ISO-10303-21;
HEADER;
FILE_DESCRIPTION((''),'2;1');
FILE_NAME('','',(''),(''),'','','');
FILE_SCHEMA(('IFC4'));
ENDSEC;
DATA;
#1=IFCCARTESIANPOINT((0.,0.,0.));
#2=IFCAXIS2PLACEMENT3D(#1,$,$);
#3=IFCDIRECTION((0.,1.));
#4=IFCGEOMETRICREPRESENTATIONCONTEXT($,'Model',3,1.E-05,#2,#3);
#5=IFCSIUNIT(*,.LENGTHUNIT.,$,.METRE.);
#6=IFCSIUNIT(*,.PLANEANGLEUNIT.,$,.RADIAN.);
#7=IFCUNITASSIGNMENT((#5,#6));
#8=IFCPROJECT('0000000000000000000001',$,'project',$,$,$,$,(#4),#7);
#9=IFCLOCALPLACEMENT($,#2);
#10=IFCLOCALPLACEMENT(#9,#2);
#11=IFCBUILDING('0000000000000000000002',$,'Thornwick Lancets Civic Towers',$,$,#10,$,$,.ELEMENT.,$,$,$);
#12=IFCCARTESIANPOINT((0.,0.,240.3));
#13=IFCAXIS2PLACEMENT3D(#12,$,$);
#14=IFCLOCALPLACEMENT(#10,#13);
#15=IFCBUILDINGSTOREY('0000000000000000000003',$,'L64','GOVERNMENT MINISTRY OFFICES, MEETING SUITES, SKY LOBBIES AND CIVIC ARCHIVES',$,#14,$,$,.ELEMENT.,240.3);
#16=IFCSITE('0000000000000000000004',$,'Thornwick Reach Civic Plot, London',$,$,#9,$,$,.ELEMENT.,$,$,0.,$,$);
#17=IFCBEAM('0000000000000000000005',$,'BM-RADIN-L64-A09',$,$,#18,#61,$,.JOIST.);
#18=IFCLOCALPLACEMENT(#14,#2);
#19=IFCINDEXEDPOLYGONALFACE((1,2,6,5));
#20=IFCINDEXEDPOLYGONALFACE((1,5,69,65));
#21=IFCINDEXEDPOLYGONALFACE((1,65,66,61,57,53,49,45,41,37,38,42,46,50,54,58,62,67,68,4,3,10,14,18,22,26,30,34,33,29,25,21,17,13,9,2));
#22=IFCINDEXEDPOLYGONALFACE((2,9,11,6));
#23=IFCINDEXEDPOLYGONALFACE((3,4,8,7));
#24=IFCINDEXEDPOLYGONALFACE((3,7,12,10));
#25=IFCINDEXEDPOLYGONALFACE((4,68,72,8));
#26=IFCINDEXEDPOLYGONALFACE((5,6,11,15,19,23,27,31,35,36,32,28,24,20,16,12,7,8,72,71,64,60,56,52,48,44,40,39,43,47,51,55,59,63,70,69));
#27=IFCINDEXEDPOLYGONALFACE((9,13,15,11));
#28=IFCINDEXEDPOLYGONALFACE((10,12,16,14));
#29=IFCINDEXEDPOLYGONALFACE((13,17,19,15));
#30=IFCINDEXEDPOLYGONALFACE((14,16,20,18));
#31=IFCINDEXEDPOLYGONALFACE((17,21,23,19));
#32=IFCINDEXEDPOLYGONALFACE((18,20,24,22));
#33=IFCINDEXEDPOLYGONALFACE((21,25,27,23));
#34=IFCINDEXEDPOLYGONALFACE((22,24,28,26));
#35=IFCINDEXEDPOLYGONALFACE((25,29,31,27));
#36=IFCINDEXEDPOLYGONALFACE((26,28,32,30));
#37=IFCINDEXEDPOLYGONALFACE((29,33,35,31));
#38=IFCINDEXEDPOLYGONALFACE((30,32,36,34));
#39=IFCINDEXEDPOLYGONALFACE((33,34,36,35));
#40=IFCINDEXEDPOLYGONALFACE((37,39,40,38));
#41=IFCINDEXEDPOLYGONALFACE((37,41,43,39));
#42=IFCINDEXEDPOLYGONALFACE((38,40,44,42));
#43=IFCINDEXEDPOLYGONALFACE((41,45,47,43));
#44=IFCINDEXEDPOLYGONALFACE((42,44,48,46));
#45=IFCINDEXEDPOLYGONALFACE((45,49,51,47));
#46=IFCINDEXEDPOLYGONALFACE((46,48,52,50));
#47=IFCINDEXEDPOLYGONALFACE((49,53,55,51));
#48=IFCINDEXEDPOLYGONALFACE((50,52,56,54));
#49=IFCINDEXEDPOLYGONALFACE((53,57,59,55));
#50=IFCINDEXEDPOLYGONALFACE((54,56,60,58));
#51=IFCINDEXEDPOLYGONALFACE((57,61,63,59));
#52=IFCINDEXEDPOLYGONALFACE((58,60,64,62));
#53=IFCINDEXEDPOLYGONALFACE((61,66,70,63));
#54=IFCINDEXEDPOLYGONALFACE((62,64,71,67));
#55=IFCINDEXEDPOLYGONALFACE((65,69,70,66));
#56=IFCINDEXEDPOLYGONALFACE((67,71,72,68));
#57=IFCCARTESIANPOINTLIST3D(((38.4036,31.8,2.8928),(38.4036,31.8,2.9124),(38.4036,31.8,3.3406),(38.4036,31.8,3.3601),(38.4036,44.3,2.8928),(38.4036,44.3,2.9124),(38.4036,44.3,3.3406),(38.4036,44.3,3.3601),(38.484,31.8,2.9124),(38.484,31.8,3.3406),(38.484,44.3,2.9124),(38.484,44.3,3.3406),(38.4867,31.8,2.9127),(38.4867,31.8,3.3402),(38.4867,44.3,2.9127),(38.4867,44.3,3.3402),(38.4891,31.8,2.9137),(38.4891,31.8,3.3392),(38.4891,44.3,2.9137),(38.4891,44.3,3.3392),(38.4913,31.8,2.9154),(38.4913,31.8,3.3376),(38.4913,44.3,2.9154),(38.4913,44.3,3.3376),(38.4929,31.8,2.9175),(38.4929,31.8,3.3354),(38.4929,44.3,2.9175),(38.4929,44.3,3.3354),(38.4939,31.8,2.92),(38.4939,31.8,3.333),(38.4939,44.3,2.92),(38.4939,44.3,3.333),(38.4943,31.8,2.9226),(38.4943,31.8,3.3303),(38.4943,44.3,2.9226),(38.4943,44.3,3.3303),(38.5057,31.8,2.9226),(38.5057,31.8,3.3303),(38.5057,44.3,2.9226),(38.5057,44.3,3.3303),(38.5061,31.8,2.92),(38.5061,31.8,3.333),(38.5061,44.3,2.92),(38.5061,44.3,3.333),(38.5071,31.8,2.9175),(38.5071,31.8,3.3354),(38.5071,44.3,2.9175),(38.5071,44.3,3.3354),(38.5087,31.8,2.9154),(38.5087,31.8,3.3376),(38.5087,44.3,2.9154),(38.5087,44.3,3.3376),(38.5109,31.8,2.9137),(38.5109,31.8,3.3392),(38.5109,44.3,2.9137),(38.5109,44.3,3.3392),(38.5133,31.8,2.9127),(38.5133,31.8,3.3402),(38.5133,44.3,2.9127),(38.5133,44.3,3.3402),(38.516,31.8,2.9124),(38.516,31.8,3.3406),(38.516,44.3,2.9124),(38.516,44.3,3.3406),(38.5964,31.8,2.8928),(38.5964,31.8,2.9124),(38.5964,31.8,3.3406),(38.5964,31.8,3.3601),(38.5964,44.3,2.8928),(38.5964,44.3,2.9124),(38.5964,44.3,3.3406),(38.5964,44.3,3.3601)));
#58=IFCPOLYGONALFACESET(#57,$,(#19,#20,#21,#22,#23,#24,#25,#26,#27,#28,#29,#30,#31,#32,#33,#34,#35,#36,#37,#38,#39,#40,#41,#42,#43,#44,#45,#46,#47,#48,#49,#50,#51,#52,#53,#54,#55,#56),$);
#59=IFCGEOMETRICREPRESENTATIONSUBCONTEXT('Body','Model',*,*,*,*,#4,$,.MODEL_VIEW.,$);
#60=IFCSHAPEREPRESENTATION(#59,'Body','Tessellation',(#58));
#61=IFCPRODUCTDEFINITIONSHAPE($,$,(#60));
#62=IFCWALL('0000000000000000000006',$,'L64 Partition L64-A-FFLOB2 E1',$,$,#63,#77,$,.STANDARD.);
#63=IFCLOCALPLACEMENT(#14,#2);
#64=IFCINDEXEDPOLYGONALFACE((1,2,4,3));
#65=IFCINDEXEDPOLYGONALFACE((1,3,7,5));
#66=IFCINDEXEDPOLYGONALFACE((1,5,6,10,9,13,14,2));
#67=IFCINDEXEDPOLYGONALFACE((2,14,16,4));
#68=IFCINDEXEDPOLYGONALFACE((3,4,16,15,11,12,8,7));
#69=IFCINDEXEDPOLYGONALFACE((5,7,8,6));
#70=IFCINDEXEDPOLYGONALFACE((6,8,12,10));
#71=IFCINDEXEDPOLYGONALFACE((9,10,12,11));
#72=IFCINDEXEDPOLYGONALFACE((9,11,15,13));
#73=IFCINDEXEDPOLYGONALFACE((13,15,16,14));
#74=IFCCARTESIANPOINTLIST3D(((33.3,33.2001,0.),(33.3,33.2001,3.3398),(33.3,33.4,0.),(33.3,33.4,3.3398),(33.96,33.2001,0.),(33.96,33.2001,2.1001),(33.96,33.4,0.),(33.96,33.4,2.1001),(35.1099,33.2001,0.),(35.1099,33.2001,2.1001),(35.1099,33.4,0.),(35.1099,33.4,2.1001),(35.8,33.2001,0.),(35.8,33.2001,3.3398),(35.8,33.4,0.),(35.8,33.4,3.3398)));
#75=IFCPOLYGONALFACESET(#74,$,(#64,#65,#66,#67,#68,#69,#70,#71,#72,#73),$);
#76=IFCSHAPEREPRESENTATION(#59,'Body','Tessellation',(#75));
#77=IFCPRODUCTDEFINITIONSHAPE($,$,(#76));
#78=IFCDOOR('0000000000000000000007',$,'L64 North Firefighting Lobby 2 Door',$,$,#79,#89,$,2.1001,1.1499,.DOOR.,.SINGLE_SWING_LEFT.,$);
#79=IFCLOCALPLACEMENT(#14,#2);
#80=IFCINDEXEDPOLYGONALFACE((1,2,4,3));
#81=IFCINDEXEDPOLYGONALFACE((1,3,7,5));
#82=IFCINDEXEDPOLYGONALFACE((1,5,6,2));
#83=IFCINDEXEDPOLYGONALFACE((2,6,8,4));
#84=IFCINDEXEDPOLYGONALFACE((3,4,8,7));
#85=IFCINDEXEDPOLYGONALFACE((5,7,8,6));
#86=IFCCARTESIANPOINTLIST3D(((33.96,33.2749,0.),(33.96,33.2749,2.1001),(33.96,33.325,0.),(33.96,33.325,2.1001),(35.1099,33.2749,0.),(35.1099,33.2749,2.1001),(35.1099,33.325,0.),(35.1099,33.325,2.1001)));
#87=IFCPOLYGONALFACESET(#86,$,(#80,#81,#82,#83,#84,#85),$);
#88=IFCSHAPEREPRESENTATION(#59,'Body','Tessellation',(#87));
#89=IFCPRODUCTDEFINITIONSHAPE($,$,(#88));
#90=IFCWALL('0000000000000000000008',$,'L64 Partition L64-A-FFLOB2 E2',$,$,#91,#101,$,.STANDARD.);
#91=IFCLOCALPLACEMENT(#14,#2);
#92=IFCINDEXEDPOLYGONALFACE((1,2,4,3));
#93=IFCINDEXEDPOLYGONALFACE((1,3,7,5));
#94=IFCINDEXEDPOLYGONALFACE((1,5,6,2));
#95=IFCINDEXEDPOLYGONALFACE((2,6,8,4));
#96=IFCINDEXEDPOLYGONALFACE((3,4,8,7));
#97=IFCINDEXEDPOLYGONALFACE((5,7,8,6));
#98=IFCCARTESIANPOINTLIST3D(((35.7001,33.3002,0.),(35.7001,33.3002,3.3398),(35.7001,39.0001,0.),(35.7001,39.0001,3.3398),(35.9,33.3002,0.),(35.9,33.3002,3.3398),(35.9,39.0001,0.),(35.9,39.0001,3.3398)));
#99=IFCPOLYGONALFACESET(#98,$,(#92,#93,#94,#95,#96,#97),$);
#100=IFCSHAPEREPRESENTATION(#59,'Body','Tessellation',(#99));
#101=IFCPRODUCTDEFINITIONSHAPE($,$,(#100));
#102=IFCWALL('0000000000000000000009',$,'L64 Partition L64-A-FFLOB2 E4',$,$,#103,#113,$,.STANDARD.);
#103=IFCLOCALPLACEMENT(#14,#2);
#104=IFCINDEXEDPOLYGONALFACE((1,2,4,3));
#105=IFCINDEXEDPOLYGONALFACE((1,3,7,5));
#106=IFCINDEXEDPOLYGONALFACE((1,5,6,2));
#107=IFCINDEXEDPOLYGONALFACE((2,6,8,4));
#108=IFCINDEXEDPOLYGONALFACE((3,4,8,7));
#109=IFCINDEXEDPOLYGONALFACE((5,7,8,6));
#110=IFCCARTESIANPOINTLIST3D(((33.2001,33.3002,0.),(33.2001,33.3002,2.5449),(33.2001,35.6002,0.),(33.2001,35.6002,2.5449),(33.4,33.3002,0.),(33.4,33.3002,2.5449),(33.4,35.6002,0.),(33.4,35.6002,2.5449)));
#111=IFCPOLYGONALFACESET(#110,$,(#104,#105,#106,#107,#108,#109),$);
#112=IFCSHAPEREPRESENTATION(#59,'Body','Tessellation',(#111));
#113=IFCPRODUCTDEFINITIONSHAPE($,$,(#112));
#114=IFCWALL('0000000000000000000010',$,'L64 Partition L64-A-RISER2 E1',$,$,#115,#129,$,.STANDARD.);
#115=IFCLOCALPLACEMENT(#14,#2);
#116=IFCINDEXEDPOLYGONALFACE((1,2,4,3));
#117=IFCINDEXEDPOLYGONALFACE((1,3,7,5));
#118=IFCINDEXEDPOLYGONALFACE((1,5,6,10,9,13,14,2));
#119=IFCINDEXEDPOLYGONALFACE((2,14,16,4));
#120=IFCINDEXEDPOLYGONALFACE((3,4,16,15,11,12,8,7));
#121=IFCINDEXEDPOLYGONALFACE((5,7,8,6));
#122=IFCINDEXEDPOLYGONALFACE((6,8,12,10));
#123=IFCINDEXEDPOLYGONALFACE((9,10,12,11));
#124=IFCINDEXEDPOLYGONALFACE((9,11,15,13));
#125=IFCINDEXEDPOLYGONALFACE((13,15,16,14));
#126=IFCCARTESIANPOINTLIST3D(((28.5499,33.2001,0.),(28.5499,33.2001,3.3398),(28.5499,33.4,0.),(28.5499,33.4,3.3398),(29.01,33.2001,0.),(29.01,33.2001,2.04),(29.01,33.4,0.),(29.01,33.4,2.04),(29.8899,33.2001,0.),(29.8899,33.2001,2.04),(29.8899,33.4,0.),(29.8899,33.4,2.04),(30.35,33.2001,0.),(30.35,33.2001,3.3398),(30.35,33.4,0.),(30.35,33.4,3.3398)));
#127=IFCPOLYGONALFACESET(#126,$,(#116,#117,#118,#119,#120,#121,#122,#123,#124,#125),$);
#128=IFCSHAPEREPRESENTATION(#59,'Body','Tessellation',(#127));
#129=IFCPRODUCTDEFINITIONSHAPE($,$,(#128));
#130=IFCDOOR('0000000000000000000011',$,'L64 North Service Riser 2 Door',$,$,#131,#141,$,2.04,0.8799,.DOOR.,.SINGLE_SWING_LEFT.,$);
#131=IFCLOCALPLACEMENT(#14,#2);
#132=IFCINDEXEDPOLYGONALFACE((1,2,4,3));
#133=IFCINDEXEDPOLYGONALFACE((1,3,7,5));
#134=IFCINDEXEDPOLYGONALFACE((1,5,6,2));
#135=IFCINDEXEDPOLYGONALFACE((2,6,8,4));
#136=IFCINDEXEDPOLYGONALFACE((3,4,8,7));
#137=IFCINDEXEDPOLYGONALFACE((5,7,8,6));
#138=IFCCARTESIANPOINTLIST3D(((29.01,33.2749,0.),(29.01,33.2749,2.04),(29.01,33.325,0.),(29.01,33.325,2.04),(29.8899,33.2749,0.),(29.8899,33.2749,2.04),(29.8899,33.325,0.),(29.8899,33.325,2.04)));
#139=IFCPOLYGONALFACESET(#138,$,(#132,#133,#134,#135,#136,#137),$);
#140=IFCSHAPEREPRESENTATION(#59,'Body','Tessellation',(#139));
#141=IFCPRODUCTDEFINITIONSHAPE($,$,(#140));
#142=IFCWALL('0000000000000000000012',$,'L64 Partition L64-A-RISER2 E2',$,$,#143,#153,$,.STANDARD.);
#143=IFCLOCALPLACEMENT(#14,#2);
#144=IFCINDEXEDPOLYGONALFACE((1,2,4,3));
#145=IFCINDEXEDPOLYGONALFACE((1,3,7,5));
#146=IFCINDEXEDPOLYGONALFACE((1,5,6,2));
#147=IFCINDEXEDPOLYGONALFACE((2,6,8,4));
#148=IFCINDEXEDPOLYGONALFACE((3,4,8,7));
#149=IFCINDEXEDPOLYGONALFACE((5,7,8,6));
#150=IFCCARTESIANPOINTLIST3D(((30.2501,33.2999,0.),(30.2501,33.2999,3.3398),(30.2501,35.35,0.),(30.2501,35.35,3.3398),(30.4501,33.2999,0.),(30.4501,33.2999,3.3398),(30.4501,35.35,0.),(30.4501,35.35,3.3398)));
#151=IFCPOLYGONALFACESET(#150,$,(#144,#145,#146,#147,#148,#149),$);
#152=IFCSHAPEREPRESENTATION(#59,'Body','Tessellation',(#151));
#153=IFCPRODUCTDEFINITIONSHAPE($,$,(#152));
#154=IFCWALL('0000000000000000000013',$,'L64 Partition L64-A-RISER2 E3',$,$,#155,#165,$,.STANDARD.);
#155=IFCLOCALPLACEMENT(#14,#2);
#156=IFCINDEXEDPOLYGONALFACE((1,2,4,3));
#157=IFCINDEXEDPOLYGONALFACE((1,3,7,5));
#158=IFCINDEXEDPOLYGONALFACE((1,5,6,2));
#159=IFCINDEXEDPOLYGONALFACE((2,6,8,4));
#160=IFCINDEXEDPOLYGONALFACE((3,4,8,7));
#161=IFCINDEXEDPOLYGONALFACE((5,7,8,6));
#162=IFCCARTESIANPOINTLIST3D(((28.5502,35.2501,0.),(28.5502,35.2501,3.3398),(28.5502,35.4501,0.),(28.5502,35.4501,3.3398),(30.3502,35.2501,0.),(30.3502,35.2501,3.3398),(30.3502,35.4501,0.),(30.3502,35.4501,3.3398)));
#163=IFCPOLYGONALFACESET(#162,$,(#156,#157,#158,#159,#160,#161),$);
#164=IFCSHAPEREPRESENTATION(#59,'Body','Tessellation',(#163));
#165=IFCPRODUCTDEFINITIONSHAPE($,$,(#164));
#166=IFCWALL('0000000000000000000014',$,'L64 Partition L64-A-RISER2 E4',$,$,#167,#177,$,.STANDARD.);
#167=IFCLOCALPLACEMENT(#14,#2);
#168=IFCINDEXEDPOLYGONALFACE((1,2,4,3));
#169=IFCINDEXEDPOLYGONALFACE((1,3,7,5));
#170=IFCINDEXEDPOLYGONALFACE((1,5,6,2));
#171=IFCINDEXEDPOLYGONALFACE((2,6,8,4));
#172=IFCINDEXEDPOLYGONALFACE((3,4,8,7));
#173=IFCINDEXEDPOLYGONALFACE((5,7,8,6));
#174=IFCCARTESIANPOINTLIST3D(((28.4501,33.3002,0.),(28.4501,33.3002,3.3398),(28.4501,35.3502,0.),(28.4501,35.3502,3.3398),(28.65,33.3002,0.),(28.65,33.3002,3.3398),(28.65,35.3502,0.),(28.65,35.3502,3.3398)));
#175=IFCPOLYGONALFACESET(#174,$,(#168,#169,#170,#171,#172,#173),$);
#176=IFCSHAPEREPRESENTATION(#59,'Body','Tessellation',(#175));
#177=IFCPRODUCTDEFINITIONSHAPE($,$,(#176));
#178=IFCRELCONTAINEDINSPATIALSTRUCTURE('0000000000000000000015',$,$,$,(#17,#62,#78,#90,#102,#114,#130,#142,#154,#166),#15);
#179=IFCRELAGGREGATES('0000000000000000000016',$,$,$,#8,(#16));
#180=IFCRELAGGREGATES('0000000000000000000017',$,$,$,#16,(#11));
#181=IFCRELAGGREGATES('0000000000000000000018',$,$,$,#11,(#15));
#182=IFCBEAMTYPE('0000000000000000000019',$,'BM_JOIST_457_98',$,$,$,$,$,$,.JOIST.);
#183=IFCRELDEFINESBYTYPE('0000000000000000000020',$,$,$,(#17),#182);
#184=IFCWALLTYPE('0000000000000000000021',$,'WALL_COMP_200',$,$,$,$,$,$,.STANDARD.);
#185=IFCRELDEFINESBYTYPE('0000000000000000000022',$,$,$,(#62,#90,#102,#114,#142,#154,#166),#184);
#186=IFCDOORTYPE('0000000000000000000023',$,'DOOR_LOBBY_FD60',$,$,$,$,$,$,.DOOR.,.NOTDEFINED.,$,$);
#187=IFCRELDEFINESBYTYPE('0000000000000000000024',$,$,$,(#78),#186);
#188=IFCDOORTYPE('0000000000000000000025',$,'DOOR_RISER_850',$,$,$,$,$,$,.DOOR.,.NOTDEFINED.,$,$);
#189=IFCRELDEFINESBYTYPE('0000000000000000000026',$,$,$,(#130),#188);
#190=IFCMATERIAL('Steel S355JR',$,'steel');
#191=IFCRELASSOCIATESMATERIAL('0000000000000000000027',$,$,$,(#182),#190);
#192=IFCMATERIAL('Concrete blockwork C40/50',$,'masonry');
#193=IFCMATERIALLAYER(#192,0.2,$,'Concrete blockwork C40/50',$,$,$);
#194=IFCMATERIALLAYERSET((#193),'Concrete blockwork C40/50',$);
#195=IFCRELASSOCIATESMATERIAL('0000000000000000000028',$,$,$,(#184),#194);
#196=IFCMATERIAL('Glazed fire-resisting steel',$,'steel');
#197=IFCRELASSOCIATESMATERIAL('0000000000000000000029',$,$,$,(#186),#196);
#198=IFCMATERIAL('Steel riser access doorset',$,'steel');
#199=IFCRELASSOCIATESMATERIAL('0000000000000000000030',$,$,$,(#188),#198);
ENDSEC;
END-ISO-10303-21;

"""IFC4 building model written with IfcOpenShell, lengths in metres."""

from ifc_helpers import new_model, si_unit, direction, frame, frame_2d, origin, origin_2d, place, context, subcontext, project, spatial, rectangle, i_section, extrude, material, layer, layer_set, material_profile, profile_set, type_object, element, fill, save


model = new_model("IFC4")

# Units and contexts
model_context = context("Model", 3, precision=1e-05, world=origin(), true_north=direction((0.0, 1.0)))
body_context = subcontext(model_context, "Body", "Model", "MODEL_VIEW")
ifc_project = project(units=[si_unit("LENGTHUNIT", "METRE"), si_unit("PLANEANGLEUNIT", "RADIAN")], contexts=[model_context])

# Site, building, storey
site_placement = place(None, origin())
site = spatial("IfcSite", under=ifc_project, at=site_placement, Name="Thornwick Reach Civic Plot, London", CompositionType="ELEMENT", RefElevation=0.0)
building_placement = place(site_placement, origin())
building = spatial("IfcBuilding", under=site, at=building_placement, Name="Thornwick Lancets Civic Towers", CompositionType="ELEMENT")
storey_placement = place(building_placement, frame((0.0, 0.0, 240.3)))
storey = spatial("IfcBuildingStorey", under=building, at=storey_placement, Name="L64", Description="GOVERNMENT MINISTRY OFFICES, MEETING SUITES, SKY LOBBIES AND CIVIC ARCHIVES", CompositionType="ELEMENT", Elevation=240.3)

# Beam
ifc_material_1 = material(Name="Steel S355JR", Category="steel")
ifc_material_profile_1 = material_profile(ifc_material_1, i_section(OverallWidth=0.1929, OverallDepth=0.4673, WebThickness=0.0115, FlangeThickness=0.0195, FilletRadius=0.0103, at=origin_2d()), Name="UKB 457x191x98")
ifc_profile_set_1 = profile_set([ifc_material_profile_1], Name="Steel S355JR")
beam_type_1 = type_object("IfcBeamType", Name="BM_JOIST_457_98", PredefinedType="JOIST", material=ifc_profile_set_1)
beam_1_placement = place(storey_placement, frame((38.5, 31.8, 3.1265), z_axis=(0.0, 1.0, 0.0), x_axis=(-1.0, 0.0, 0.0)))
element("IfcBeam", 1, at=beam_1_placement, inside=storey, type_object=beam_type_1, Name="BM-RADIN-L64-A09", PredefinedType="JOIST", context=body_context, shape_type="SweptSolid", body=[
    extrude(i_section(OverallWidth=0.1929, OverallDepth=0.4673, WebThickness=0.0115, FlangeThickness=0.0195, FilletRadius=0.0103, at=origin_2d()), origin(), (0.0, 0.0, 1.0), 12.5),
])

# Wall, opening, door
ifc_material_2 = material(Name="Concrete blockwork C40/50", Category="masonry")
ifc_layer_1 = layer(ifc_material_2, 0.2, Name="Concrete blockwork C40/50")
ifc_layer_set_1 = layer_set([ifc_layer_1], Name="Concrete blockwork C40/50")
wall_type_1 = type_object("IfcWallType", Name="WALL_COMP_200", PredefinedType="STANDARD", material=ifc_layer_set_1)
wall_1_placement = place(storey_placement, frame((33.3, 33.3, 0.0), z_axis=(0.0, 0.0, 1.0), x_axis=(1.0, 0.0, 0.0)))
wall_1 = element("IfcWall", 2, at=wall_1_placement, inside=storey, type_object=wall_type_1, Name="L64 Partition L64-A-FFLOB2 E1", PredefinedType="STANDARD", context=body_context, shape_type="SweptSolid", body=[
    extrude(rectangle(XDim=2.5, YDim=0.2, at=frame_2d((1.25, 0.0))), origin(), (0.0, 0.0, 1.0), 3.3398),
])
opening_1_placement = place(wall_1_placement, frame((0.6599, 0.0, 0.0)))
opening_1 = element("IfcOpeningElement", 3, at=opening_1_placement, cuts=wall_1, PredefinedType="OPENING", context=body_context, shape_type="SweptSolid", body=[
    extrude(rectangle(XDim=1.1499, YDim=2.1001, at=frame_2d((0.575, 1.05))), frame((0.0, 0.1099, 0.0), z_axis=(0.0, -1.0, 0.0), x_axis=(1.0, 0.0, 0.0)), (0.0, 0.0, 1.0), 0.22),
])
ifc_material_3 = material(Name="Glazed fire-resisting steel", Category="steel")
door_type_1 = type_object("IfcDoorType", Name="DOOR_LOBBY_FD60", OperationType="NOTDEFINED", PredefinedType="DOOR", material=ifc_material_3)
door_1_placement = place(opening_1_placement, origin())
door_1 = element("IfcDoor", 4, at=door_1_placement, inside=storey, type_object=door_type_1, Name="L64 North Firefighting Lobby 2 Door", OperationType="SINGLE_SWING_LEFT", OverallHeight=2.1001, OverallWidth=1.1499, PredefinedType="DOOR", context=body_context, shape_type="SweptSolid", body=[
    extrude(rectangle(XDim=1.1499, YDim=2.1001, at=frame_2d((0.575, 1.05))), frame((0.0, 0.0249, 0.0), z_axis=(0.0, -1.0, 0.0), x_axis=(1.0, 0.0, 0.0)), (0.0, 0.0, 1.0), 0.05),
])
fill(opening_1, door_1)

# Walls
wall_2_placement = place(storey_placement, frame((35.8, 33.3, 0.0), z_axis=(0.0, 0.0, 1.0), x_axis=(0.0, 1.0, 0.0)))
element("IfcWall", 5, at=wall_2_placement, inside=storey, type_object=wall_type_1, Name="L64 Partition L64-A-FFLOB2 E2", PredefinedType="STANDARD", context=body_context, shape_type="SweptSolid", body=[
    extrude(rectangle(XDim=5.7, YDim=0.2, at=frame_2d((2.8501, 0.0))), origin(), (0.0, 0.0, 1.0), 3.3398),
])
wall_3_placement = place(storey_placement, frame((33.3, 35.6001, 0.0), z_axis=(0.0, 0.0, 1.0), x_axis=(0.0, -1.0, 0.0)))
element("IfcWall", 6, at=wall_3_placement, inside=storey, type_object=wall_type_1, Name="L64 Partition L64-A-FFLOB2 E4", PredefinedType="STANDARD", context=body_context, shape_type="SweptSolid", body=[
    extrude(rectangle(XDim=2.3, YDim=0.2, at=frame_2d((1.1499, 0.0))), origin(), (0.0, 0.0, 1.0), 2.5449),
])

# Wall, opening, door
wall_4_placement = place(storey_placement, frame((28.55, 33.3, 0.0), z_axis=(0.0, 0.0, 1.0), x_axis=(1.0, 0.0, 0.0)))
wall_4 = element("IfcWall", 7, at=wall_4_placement, inside=storey, type_object=wall_type_1, Name="L64 Partition L64-A-RISER2 E1", PredefinedType="STANDARD", context=body_context, shape_type="SweptSolid", body=[
    extrude(rectangle(XDim=1.8, YDim=0.2, at=frame_2d((0.8999, 0.0))), origin(), (0.0, 0.0, 1.0), 3.3398),
])
opening_2_placement = place(wall_4_placement, frame((0.46, 0.0, 0.0)))
opening_2 = element("IfcOpeningElement", 8, at=opening_2_placement, cuts=wall_4, PredefinedType="OPENING", context=body_context, shape_type="SweptSolid", body=[
    extrude(rectangle(XDim=0.8799, YDim=2.04, at=frame_2d((0.4399, 1.02))), frame((0.0, 0.1099, 0.0), z_axis=(0.0, -1.0, 0.0), x_axis=(1.0, 0.0, 0.0)), (0.0, 0.0, 1.0), 0.22),
])
ifc_material_4 = material(Name="Steel riser access doorset", Category="steel")
door_type_2 = type_object("IfcDoorType", Name="DOOR_RISER_850", OperationType="NOTDEFINED", PredefinedType="DOOR", material=ifc_material_4)
door_2_placement = place(opening_2_placement, origin())
door_2 = element("IfcDoor", 9, at=door_2_placement, inside=storey, type_object=door_type_2, Name="L64 North Service Riser 2 Door", OperationType="SINGLE_SWING_LEFT", OverallHeight=2.04, OverallWidth=0.8799, PredefinedType="DOOR", context=body_context, shape_type="SweptSolid", body=[
    extrude(rectangle(XDim=0.8799, YDim=2.04, at=frame_2d((0.4399, 1.02))), frame((0.0, 0.0249, 0.0), z_axis=(0.0, -1.0, 0.0), x_axis=(1.0, 0.0, 0.0)), (0.0, 0.0, 1.0), 0.05),
])
fill(opening_2, door_2)

# Walls
wall_5_placement = place(storey_placement, frame((30.3501, 33.3, 0.0), z_axis=(0.0, 0.0, 1.0), x_axis=(0.0, 1.0, 0.0)))
element("IfcWall", 10, at=wall_5_placement, inside=storey, type_object=wall_type_1, Name="L64 Partition L64-A-RISER2 E2", PredefinedType="STANDARD", context=body_context, shape_type="SweptSolid", body=[
    extrude(rectangle(XDim=2.05, YDim=0.2, at=frame_2d((1.0249, 0.0))), origin(), (0.0, 0.0, 1.0), 3.3398),
])
wall_6_placement = place(storey_placement, frame((30.3501, 35.3501, 0.0), z_axis=(0.0, 0.0, 1.0), x_axis=(-1.0, 0.0, 0.0)))
element("IfcWall", 11, at=wall_6_placement, inside=storey, type_object=wall_type_1, Name="L64 Partition L64-A-RISER2 E3", PredefinedType="STANDARD", context=body_context, shape_type="SweptSolid", body=[
    extrude(rectangle(XDim=1.8, YDim=0.2, at=frame_2d((0.8999, 0.0))), origin(), (0.0, 0.0, 1.0), 3.3398),
])
wall_7_placement = place(storey_placement, frame((28.55, 35.3501, 0.0), z_axis=(0.0, 0.0, 1.0), x_axis=(0.0, -1.0, 0.0)))
element("IfcWall", 12, at=wall_7_placement, inside=storey, type_object=wall_type_1, Name="L64 Partition L64-A-RISER2 E4", PredefinedType="STANDARD", context=body_context, shape_type="SweptSolid", body=[
    extrude(rectangle(XDim=2.05, YDim=0.2, at=frame_2d((1.0249, 0.0))), origin(), (0.0, 0.0, 1.0), 3.3398),
])

save(model, "model.ifc")
